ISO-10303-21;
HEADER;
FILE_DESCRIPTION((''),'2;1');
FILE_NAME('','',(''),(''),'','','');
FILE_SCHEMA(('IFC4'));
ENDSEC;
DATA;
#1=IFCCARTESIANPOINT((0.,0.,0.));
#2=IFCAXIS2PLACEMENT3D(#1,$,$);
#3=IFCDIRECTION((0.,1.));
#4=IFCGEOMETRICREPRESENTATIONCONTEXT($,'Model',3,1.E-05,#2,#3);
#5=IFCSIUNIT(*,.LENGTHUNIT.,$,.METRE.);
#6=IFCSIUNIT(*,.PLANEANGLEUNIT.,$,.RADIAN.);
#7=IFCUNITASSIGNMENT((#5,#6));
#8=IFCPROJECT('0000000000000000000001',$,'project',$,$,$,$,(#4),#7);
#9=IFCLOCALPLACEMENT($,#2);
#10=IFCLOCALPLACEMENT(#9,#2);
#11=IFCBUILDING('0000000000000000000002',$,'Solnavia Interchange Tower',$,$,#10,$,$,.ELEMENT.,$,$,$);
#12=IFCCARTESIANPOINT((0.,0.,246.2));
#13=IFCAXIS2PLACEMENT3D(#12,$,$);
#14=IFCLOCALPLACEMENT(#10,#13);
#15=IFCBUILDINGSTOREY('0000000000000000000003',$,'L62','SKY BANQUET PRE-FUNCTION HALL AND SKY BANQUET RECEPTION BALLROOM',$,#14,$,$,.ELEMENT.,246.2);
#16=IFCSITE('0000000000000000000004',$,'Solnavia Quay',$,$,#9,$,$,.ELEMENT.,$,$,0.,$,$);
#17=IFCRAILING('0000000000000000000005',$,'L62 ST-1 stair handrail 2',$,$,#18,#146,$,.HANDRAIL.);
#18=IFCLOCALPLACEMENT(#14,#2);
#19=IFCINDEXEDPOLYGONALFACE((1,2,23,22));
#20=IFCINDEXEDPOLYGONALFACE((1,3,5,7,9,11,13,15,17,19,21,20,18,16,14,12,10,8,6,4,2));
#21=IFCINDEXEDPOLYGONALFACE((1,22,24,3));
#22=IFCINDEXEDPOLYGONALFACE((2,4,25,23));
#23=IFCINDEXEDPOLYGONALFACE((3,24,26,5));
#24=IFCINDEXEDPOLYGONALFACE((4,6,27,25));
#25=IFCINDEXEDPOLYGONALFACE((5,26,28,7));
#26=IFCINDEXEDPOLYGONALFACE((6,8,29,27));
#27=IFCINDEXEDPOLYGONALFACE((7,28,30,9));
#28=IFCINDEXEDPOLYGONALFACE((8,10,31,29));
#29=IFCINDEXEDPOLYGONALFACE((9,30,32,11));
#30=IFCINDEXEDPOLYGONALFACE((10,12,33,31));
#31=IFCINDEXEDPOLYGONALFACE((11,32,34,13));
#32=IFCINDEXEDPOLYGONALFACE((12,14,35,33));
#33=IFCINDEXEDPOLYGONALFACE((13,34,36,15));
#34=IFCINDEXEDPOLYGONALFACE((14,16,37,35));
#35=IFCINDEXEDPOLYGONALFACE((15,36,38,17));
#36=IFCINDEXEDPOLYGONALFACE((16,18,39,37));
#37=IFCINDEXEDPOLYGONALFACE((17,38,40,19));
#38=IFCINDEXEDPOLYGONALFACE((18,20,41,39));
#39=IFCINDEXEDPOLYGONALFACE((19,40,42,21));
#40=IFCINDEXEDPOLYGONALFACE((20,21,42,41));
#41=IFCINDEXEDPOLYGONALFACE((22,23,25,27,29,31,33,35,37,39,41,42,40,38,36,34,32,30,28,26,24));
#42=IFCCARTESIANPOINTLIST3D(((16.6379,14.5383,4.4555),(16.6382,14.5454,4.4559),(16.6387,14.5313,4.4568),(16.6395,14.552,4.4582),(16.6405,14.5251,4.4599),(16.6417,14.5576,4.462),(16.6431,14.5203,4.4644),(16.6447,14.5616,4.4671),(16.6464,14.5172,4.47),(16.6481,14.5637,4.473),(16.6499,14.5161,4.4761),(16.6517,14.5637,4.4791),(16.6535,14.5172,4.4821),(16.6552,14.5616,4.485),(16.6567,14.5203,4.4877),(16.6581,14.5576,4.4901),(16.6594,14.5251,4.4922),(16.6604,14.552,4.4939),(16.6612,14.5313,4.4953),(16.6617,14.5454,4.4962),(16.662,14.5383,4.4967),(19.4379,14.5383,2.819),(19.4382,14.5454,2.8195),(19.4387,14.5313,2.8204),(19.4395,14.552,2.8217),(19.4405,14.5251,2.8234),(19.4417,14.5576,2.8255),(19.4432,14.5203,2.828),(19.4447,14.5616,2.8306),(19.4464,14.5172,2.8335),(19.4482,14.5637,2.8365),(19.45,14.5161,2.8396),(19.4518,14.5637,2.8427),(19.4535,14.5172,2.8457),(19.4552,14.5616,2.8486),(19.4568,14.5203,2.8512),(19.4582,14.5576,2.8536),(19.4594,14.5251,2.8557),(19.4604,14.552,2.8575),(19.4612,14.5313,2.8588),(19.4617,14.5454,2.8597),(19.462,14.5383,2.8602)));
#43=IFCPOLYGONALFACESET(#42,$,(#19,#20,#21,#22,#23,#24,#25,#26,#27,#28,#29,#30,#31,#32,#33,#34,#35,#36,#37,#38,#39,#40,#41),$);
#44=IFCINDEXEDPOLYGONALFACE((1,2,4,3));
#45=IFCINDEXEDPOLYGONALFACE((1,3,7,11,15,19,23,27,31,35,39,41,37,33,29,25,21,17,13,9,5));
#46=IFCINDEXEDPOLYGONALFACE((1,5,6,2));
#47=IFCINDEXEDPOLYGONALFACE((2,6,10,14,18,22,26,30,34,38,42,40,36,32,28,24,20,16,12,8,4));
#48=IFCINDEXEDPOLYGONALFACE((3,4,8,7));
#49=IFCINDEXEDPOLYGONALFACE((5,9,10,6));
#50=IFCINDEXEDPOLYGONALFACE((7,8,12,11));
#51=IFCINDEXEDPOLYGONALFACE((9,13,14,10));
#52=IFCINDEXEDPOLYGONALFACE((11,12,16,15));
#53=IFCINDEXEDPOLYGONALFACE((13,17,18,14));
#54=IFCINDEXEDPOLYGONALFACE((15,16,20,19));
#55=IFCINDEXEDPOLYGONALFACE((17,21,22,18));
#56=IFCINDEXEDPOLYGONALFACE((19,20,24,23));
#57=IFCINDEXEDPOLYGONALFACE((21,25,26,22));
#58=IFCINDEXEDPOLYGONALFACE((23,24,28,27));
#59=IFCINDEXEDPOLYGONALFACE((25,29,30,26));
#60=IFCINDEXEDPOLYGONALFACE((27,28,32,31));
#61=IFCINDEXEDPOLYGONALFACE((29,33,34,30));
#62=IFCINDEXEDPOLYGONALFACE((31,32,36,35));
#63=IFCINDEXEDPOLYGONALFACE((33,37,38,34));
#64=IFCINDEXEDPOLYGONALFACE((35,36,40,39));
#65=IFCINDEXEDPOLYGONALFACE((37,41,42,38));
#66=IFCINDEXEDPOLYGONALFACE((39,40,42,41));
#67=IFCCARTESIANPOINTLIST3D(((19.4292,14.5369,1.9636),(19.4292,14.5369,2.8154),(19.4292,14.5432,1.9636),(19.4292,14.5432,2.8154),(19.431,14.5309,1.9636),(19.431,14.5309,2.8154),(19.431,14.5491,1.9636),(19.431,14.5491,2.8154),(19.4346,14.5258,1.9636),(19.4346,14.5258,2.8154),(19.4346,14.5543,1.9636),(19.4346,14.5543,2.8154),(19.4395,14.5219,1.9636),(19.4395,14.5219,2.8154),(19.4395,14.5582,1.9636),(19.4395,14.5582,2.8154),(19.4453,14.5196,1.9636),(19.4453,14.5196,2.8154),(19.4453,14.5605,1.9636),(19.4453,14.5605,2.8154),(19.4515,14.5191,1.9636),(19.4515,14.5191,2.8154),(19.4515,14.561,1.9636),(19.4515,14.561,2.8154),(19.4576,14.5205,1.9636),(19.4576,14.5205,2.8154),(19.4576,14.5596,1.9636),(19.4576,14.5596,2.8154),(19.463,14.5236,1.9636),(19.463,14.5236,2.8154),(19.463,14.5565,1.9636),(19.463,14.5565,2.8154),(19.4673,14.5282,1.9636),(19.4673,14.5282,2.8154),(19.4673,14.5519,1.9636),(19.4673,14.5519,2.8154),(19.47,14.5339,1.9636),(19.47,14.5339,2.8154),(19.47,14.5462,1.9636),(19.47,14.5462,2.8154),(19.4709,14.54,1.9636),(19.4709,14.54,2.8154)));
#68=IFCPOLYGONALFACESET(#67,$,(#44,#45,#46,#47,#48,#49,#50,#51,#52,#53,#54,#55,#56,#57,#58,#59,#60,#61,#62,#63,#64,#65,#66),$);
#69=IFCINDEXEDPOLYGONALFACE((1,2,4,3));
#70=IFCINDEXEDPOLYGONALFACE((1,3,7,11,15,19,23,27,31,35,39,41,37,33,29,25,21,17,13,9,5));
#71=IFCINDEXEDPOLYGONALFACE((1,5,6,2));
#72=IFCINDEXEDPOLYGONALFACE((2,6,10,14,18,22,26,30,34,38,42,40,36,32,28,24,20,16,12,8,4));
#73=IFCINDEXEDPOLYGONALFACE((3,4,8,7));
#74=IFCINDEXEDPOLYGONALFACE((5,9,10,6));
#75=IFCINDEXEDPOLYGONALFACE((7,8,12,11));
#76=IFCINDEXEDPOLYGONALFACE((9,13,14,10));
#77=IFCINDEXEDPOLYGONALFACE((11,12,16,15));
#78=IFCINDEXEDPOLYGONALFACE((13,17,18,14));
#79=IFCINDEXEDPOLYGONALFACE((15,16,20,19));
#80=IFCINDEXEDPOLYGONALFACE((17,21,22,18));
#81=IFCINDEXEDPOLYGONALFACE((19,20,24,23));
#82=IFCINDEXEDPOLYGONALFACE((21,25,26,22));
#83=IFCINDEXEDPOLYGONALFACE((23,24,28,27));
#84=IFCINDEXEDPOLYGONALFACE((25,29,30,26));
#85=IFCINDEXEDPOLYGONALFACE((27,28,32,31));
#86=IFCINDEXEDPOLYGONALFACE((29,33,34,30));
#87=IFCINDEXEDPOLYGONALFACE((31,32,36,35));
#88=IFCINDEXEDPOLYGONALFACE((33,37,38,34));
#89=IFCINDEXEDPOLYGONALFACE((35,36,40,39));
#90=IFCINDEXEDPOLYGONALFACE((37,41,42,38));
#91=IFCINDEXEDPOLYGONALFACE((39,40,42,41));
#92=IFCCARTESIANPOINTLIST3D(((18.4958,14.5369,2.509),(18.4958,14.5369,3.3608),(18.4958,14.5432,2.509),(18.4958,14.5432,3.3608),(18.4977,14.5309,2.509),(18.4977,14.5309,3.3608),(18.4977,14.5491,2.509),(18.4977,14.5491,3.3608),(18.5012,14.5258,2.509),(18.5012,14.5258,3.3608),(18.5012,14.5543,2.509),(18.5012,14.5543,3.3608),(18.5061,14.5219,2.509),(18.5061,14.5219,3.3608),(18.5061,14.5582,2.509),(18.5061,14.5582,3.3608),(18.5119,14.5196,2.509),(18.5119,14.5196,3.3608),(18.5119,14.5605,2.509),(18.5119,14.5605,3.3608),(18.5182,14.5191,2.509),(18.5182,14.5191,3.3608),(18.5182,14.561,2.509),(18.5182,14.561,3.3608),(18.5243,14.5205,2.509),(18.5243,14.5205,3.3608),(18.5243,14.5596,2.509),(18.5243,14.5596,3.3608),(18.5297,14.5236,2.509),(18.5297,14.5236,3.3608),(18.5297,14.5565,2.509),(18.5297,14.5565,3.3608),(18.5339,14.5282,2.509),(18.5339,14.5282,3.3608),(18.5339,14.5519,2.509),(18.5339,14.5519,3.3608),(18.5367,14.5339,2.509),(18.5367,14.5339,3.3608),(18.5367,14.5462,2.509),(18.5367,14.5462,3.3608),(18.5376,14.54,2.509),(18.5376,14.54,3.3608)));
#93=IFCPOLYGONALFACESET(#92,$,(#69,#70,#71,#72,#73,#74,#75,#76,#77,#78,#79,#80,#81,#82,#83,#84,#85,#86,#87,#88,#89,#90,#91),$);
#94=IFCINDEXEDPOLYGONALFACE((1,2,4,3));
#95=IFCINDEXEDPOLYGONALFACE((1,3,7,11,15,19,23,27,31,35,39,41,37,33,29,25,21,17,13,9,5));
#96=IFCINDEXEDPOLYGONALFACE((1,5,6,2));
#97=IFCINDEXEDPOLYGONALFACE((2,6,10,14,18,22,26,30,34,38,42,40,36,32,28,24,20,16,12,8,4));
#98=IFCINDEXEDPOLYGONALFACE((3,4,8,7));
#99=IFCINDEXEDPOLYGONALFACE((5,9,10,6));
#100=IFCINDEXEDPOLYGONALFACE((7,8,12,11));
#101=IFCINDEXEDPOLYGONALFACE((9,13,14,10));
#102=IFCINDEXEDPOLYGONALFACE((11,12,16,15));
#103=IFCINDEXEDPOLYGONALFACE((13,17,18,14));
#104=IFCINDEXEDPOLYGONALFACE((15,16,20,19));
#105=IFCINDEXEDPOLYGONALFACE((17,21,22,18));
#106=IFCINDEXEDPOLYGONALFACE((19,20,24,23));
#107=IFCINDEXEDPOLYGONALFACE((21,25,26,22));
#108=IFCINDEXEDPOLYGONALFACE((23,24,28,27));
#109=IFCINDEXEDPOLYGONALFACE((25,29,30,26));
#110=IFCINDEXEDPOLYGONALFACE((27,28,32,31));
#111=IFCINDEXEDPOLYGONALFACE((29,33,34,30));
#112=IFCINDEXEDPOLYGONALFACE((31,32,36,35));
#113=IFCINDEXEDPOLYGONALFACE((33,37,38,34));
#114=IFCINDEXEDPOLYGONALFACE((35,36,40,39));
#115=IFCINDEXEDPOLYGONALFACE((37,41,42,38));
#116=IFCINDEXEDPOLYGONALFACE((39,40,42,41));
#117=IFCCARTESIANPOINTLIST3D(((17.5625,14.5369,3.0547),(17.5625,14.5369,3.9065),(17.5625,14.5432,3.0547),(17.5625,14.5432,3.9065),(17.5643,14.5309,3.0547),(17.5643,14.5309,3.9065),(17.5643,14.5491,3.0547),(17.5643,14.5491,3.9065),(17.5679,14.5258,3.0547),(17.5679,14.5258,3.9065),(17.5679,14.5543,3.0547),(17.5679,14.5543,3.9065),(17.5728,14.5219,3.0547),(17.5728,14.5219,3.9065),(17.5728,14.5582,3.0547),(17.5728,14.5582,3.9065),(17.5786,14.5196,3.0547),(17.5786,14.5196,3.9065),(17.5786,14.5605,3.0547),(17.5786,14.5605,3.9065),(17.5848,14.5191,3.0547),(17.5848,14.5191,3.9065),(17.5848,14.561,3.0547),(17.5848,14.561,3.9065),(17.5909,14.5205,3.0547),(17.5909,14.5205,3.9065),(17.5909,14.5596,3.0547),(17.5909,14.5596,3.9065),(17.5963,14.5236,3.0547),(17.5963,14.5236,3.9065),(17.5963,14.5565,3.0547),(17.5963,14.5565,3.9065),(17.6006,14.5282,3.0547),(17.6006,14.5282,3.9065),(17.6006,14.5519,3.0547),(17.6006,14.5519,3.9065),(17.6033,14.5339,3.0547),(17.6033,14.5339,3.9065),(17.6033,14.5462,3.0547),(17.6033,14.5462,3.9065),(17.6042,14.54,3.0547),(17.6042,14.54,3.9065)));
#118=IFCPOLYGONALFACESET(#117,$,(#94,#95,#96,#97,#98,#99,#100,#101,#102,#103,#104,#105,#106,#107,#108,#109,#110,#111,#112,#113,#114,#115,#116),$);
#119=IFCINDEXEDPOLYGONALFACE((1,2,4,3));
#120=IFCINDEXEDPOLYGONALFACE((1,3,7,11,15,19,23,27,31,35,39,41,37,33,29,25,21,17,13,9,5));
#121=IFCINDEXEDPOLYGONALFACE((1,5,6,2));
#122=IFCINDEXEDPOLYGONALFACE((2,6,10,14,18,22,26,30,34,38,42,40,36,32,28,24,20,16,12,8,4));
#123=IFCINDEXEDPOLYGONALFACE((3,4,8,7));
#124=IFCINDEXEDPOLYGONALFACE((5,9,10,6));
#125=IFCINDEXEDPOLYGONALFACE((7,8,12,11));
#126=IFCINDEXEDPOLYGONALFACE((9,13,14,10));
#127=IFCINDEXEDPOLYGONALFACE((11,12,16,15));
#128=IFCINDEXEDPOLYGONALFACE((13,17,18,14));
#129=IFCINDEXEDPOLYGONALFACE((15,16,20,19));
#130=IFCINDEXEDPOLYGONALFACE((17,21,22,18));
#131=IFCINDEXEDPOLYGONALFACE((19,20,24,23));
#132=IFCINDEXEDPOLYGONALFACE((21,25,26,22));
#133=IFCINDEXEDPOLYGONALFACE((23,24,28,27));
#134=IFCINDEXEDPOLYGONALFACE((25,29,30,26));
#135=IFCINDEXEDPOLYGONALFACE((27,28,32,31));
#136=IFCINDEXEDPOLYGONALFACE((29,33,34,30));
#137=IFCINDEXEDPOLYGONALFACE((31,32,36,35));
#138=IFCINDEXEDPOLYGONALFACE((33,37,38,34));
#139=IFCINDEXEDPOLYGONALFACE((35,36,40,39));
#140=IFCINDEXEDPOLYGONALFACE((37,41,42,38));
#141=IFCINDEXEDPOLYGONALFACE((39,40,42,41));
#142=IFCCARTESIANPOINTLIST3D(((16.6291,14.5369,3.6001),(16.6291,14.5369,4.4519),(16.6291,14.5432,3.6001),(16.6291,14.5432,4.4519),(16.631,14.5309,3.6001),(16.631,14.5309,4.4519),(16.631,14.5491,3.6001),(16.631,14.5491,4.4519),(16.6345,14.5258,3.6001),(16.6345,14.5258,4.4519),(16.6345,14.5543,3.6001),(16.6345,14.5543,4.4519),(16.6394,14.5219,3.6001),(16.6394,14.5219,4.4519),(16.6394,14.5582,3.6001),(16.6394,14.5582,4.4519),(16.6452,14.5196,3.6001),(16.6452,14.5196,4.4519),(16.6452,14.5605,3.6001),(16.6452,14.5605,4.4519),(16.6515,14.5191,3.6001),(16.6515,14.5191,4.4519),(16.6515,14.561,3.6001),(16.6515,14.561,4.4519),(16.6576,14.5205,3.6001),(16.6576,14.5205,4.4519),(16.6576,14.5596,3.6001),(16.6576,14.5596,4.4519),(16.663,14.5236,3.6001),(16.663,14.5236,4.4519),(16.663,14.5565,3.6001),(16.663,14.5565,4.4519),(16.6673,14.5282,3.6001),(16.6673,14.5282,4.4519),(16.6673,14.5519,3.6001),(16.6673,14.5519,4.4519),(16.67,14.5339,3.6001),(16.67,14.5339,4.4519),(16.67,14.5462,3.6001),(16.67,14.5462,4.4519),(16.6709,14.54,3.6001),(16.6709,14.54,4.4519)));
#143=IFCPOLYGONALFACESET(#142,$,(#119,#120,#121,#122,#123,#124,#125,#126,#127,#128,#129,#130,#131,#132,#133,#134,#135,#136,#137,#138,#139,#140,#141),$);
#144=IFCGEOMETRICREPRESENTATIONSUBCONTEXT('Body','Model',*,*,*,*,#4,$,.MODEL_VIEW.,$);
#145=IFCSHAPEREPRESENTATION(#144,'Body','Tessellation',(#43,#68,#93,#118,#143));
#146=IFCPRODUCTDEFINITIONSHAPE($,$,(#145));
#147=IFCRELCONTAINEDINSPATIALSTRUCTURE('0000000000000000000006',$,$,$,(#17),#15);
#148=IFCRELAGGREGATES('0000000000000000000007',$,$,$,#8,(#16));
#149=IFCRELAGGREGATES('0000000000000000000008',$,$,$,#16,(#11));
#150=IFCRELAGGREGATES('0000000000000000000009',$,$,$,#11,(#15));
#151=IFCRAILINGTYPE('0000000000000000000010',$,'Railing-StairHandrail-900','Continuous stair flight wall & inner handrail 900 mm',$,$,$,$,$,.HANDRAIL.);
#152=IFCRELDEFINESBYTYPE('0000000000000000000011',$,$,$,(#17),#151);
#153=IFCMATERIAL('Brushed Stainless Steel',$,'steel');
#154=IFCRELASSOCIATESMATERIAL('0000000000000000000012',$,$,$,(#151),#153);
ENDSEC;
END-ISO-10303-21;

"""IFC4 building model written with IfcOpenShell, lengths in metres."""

from ifc_helpers import new_model, si_unit, direction, frame, origin, origin_2d, place, context, subcontext, project, spatial, circle, extrude, material, type_object, element, save


model = new_model("IFC4")

# Units and contexts
model_context = context("Model", 3, precision=1e-05, world=origin(), true_north=direction((0.0, 1.0)))
body_context = subcontext(model_context, "Body", "Model", "MODEL_VIEW")
ifc_project = project(units=[si_unit("LENGTHUNIT", "METRE"), si_unit("PLANEANGLEUNIT", "RADIAN")], contexts=[model_context])

# Site, building, storey
site_placement = place(None, origin())
site = spatial("IfcSite", under=ifc_project, at=site_placement, Name="Solnavia Quay", CompositionType="ELEMENT", RefElevation=0.0)
building_placement = place(site_placement, origin())
building = spatial("IfcBuilding", under=site, at=building_placement, Name="Solnavia Interchange Tower", CompositionType="ELEMENT")
storey_placement = place(building_placement, frame((0.0, 0.0, 246.2)))
storey = spatial("IfcBuildingStorey", under=building, at=storey_placement, Name="L62", Description="SKY BANQUET PRE-FUNCTION HALL AND SKY BANQUET RECEPTION BALLROOM", CompositionType="ELEMENT", Elevation=246.2)

# Railing
ifc_material_1 = material(Name="Brushed Stainless Steel", Category="steel")
railing_type_1 = type_object("IfcRailingType", Name="Railing-StairHandrail-900", Description="Continuous stair flight wall & inner handrail 900 mm", PredefinedType="HANDRAIL", material=ifc_material_1)
railing_1_placement = place(storey_placement, frame((19.45, 14.54, 1.9636)))
element("IfcRailing", 1, at=railing_1_placement, inside=storey, type_object=railing_type_1, Name="L62 ST-1 stair handrail 2", PredefinedType="HANDRAIL", context=body_context, shape_type="SweptSolid", body=[
    extrude(circle(Radius=0.0239, at=origin_2d()), frame((0.0, 0.0, 0.876), z_axis=(-0.863361, 0.0, 0.504587), x_axis=(0.0, -1.0, 0.0)), (0.0, 0.0, 1.0), 3.2432),
    extrude(circle(Radius=0.021, at=origin_2d()), origin(), (0.0, 0.0, 1.0), 0.8518),
    extrude(circle(Radius=0.021, at=origin_2d()), frame((-0.9333, 0.0, 0.5454)), (0.0, 0.0, 1.0), 0.8518),
    extrude(circle(Radius=0.021, at=origin_2d()), frame((-1.8667, 0.0, 1.0911)), (0.0, 0.0, 1.0), 0.8518),
    extrude(circle(Radius=0.021, at=origin_2d()), frame((-2.8, 0.0, 1.6365)), (0.0, 0.0, 1.0), 0.8518),
])

save(model, "model.ifc")
